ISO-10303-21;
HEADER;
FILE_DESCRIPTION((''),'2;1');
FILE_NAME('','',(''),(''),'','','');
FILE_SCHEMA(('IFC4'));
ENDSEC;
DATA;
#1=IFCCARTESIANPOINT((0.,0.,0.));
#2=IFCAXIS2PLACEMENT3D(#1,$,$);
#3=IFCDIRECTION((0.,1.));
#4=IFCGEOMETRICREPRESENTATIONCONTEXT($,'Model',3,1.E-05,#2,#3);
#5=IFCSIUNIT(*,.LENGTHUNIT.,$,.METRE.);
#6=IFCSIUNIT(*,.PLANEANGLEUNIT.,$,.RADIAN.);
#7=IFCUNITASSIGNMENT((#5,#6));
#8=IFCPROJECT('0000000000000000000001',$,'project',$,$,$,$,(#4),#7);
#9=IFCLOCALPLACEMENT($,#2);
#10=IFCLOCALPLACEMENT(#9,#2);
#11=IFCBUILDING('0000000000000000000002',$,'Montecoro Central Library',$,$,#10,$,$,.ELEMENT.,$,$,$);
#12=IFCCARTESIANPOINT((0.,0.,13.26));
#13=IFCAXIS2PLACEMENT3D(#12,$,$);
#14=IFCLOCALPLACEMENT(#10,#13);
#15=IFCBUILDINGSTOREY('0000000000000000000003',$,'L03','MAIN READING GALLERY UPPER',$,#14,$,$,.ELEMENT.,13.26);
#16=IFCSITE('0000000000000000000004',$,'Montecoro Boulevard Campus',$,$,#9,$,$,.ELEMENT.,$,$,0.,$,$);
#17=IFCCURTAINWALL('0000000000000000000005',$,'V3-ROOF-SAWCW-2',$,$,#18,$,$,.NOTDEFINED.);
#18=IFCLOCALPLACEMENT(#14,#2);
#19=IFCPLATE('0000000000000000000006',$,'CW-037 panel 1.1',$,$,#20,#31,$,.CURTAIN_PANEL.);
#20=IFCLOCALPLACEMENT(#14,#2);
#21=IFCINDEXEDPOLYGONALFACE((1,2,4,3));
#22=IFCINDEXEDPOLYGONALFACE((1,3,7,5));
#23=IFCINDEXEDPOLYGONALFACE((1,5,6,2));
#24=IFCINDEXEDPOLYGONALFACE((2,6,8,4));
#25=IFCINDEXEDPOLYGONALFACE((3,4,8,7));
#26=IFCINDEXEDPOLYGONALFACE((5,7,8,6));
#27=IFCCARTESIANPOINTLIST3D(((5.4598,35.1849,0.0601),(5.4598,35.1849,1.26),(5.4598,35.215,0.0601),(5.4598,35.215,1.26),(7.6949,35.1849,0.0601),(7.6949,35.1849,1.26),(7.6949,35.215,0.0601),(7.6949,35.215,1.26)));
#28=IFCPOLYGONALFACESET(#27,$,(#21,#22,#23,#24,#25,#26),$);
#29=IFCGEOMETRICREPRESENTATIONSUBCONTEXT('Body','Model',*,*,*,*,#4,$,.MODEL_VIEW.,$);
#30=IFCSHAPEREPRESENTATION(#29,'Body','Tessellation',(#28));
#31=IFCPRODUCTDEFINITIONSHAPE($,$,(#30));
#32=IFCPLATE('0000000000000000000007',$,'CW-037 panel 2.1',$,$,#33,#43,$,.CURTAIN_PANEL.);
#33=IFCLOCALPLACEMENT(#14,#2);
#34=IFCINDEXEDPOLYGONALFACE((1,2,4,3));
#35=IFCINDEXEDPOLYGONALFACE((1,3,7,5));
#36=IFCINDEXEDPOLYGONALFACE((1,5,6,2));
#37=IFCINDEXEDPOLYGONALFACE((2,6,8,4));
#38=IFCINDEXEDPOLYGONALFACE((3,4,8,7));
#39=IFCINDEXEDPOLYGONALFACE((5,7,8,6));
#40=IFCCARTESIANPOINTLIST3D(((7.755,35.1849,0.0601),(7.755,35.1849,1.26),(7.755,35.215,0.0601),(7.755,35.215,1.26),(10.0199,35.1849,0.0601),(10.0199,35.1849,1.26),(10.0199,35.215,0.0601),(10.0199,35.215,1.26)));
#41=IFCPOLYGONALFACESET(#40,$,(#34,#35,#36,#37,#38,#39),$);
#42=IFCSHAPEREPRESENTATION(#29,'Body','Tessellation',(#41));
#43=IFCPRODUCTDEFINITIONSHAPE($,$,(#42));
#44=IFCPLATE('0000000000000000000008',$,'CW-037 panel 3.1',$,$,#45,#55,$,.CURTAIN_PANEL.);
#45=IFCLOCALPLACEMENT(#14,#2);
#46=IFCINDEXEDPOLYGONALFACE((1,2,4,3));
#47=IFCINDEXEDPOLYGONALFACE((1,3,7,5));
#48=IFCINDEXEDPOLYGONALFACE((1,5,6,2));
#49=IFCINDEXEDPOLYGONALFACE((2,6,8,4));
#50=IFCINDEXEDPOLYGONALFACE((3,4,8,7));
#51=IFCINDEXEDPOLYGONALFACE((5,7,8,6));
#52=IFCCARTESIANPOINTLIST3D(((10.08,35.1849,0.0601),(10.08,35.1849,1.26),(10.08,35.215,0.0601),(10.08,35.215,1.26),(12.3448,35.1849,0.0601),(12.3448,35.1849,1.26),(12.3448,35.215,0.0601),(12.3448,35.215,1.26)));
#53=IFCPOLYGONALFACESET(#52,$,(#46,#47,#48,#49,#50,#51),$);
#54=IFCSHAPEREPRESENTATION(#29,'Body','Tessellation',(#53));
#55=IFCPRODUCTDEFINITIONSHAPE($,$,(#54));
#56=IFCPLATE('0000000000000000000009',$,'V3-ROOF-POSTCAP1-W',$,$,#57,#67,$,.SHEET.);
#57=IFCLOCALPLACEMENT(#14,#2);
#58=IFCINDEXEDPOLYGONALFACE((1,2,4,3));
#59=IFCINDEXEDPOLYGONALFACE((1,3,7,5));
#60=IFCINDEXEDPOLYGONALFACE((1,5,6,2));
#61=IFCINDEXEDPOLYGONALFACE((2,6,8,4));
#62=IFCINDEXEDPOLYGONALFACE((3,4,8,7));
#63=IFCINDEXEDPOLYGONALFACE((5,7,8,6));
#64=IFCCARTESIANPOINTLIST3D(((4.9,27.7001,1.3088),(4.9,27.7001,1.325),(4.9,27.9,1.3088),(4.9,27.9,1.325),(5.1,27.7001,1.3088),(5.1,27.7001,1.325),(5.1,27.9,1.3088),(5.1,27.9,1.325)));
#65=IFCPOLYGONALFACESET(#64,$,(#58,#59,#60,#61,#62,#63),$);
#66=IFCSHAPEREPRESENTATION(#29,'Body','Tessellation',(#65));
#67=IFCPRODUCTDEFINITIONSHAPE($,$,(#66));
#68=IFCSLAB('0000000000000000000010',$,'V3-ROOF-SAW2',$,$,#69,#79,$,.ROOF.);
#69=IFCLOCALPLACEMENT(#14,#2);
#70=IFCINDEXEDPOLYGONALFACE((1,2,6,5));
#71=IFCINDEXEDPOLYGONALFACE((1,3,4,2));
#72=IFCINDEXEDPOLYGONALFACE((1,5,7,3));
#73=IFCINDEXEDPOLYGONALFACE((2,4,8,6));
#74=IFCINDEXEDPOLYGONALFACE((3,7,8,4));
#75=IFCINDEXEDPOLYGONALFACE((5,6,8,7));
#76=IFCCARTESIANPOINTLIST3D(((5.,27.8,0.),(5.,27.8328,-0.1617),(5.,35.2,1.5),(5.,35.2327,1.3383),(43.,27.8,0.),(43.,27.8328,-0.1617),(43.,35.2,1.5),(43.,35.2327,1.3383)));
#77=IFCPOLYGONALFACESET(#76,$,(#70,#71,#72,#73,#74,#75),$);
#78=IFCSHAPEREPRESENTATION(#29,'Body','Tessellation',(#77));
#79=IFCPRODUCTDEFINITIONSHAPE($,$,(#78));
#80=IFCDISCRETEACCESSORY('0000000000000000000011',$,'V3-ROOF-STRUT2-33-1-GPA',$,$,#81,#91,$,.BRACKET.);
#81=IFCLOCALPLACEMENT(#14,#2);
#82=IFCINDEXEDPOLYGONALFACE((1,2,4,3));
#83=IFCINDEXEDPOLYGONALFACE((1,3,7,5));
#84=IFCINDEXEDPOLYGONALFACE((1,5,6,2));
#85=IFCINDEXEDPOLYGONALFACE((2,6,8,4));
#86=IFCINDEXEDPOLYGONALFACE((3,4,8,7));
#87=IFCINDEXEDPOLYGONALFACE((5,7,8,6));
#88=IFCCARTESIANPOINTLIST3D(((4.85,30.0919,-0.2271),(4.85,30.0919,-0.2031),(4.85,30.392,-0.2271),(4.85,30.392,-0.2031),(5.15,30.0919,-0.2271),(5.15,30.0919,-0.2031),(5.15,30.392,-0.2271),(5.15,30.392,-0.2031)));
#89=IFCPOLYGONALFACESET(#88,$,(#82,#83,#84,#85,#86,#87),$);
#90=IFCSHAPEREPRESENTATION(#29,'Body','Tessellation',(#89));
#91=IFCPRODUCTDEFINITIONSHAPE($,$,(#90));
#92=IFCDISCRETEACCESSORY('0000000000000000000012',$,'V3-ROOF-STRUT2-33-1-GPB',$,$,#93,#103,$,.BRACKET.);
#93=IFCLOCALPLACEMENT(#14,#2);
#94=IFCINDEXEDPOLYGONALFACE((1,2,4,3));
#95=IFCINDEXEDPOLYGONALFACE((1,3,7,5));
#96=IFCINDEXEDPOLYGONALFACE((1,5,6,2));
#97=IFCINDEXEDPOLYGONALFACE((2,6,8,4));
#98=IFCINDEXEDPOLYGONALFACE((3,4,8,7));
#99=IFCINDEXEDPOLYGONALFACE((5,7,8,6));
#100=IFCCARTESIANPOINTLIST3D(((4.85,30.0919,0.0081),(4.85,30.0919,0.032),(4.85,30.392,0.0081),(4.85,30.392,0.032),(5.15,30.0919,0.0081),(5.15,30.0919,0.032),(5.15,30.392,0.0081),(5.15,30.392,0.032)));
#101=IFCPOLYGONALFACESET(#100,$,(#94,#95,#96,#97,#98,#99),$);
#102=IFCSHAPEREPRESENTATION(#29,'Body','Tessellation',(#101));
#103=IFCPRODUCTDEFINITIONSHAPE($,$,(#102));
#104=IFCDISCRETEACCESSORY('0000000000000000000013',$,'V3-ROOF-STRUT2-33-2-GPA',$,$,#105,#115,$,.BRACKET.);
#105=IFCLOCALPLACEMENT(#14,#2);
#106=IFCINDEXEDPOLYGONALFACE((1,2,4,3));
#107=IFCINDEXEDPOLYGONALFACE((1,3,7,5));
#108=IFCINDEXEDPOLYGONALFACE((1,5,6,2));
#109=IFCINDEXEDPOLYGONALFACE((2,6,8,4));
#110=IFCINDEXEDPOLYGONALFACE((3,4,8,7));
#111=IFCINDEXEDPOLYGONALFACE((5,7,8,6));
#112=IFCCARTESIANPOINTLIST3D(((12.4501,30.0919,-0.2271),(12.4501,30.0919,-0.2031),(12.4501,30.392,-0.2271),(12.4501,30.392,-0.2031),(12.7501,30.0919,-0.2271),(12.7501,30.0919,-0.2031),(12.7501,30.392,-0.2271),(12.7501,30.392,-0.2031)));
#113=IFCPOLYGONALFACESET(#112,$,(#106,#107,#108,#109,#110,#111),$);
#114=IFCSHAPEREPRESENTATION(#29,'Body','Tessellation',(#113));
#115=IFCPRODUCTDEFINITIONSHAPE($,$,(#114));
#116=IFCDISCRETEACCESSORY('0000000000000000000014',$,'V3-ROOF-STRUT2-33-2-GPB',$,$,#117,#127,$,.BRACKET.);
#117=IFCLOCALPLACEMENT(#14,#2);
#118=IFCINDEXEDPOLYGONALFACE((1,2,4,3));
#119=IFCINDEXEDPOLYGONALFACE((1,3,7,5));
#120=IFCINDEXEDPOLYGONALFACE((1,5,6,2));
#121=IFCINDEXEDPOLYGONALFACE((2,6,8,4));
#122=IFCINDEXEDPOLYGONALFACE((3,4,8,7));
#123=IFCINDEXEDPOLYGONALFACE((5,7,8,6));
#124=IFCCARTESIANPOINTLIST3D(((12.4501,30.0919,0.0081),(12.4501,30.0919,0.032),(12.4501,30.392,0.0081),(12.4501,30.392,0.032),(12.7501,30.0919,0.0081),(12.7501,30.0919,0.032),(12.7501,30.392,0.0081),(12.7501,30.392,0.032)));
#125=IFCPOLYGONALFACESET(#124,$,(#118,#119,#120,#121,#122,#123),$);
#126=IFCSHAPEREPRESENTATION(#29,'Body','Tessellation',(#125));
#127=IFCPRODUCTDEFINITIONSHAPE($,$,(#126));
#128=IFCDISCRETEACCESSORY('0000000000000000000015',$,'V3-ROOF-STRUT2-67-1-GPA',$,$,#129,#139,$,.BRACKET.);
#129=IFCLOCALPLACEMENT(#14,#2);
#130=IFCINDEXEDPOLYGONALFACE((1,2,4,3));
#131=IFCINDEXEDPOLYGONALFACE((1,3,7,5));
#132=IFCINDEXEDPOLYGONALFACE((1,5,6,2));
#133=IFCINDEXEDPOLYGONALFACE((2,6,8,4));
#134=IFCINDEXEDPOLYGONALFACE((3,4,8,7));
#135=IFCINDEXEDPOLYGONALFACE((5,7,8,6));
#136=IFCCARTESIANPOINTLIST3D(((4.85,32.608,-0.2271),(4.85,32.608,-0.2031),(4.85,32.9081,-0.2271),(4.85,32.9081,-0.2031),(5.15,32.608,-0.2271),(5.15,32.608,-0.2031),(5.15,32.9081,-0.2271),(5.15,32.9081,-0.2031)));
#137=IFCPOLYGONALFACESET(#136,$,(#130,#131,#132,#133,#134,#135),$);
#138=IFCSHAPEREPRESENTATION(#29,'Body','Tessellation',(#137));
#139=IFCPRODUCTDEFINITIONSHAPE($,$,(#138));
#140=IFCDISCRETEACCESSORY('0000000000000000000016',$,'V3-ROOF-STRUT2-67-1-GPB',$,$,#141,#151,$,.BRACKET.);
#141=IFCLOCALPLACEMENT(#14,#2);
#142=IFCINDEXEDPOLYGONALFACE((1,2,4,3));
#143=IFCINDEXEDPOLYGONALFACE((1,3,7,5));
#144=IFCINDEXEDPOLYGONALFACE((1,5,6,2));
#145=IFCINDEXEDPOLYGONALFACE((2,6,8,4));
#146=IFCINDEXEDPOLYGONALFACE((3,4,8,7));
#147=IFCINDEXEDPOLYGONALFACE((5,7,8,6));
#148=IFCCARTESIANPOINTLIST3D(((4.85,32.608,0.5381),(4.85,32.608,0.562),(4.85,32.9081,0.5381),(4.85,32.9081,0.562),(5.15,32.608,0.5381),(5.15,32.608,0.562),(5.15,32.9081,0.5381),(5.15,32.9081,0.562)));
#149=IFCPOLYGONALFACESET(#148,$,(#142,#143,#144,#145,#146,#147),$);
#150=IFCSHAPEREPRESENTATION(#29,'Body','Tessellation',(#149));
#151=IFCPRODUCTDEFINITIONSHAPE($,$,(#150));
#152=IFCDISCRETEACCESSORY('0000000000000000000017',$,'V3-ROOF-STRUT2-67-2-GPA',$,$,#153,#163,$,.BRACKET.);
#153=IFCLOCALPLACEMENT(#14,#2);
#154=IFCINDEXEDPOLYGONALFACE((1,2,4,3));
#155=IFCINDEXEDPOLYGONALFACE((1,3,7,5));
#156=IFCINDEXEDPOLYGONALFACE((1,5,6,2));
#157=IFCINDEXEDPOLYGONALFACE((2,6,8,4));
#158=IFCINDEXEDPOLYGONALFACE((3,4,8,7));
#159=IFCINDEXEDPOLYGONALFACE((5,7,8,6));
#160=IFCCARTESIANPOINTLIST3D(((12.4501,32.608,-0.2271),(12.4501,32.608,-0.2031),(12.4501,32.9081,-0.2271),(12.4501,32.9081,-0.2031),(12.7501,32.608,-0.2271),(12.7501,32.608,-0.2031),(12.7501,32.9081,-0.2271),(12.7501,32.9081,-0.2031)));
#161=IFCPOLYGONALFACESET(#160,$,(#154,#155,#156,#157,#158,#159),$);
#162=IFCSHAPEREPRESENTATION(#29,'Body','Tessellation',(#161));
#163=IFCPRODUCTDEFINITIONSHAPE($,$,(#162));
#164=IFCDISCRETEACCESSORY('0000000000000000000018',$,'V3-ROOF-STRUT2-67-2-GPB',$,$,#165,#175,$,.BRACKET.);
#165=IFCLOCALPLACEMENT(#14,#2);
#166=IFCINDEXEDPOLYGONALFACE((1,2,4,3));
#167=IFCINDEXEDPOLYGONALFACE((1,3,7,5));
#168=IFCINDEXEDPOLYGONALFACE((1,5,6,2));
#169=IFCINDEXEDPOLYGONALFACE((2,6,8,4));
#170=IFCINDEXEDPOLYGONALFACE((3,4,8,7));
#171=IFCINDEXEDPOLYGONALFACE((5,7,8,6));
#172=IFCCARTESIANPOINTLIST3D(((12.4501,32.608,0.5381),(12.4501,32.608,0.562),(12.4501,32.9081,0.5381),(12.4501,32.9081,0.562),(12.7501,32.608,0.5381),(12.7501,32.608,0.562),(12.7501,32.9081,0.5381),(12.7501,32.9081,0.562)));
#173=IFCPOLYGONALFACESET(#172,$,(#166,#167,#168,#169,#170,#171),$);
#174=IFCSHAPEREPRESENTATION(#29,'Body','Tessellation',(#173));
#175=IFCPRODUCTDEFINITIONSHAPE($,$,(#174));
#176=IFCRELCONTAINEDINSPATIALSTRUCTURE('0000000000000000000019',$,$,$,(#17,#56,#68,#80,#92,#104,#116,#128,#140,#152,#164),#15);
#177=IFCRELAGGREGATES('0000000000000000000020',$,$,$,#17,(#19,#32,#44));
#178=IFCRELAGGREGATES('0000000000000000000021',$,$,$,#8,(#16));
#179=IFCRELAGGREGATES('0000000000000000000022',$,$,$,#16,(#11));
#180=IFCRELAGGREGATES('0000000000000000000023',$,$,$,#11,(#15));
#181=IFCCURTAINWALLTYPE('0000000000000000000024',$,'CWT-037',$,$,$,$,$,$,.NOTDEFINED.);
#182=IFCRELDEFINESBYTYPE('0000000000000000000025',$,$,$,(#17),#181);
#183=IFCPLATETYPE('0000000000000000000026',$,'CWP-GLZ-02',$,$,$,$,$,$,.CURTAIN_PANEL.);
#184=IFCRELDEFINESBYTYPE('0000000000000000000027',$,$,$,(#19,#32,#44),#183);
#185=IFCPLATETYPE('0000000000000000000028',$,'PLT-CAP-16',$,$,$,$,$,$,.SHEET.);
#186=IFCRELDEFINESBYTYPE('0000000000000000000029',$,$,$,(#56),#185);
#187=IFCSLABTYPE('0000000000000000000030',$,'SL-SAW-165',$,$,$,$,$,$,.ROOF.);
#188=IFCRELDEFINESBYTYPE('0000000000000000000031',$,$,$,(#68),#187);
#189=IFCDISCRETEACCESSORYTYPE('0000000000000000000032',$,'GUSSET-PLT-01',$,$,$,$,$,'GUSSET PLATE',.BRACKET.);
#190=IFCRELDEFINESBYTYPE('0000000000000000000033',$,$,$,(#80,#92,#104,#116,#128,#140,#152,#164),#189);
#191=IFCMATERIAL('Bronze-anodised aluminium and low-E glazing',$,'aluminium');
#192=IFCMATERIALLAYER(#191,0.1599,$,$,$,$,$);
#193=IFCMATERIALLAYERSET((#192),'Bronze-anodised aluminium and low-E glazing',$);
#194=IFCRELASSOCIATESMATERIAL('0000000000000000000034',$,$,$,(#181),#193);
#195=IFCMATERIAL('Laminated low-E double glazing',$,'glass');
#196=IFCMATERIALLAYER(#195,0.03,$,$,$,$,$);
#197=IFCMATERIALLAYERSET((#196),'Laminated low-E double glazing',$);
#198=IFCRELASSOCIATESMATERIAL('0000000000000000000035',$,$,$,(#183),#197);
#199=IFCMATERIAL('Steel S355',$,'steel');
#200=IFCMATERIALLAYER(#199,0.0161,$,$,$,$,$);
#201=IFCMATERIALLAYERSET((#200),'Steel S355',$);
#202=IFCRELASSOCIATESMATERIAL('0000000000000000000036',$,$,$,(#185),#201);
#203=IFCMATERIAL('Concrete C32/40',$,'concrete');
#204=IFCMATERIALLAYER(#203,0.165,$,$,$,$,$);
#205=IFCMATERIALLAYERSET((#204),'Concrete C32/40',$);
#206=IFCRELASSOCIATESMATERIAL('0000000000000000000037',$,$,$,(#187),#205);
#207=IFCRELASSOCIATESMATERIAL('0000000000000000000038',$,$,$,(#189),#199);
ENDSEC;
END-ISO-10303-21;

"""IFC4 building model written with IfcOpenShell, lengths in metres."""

from ifc_helpers import new_model, si_unit, direction, frame, origin, origin_2d, place, context, subcontext, project, spatial, polyline, rectangle, outline, extrude, material, layer, layer_set, type_object, element, aggregate, save


model = new_model("IFC4")

# Units and contexts
model_context = context("Model", 3, precision=1e-05, world=origin(), true_north=direction((0.0, 1.0)))
body_context = subcontext(model_context, "Body", "Model", "MODEL_VIEW")
ifc_project = project(units=[si_unit("LENGTHUNIT", "METRE"), si_unit("PLANEANGLEUNIT", "RADIAN")], contexts=[model_context])

# Site, building, storey
site_placement = place(None, origin())
site = spatial("IfcSite", under=ifc_project, at=site_placement, Name="Montecoro Boulevard Campus", CompositionType="ELEMENT", RefElevation=0.0)
building_placement = place(site_placement, origin())
building = spatial("IfcBuilding", under=site, at=building_placement, Name="Montecoro Central Library", CompositionType="ELEMENT")
storey_placement = place(building_placement, frame((0.0, 0.0, 13.26)))
storey = spatial("IfcBuildingStorey", under=building, at=storey_placement, Name="L03", Description="MAIN READING GALLERY UPPER", CompositionType="ELEMENT", Elevation=13.26)

# Shared definitions
ifc_material_1 = material(Name="Steel S355", Category="steel")

# Curtain wall
ifc_material_2 = material(Name="Bronze-anodised aluminium and low-E glazing", Category="aluminium")
ifc_layer_1 = layer(ifc_material_2, 0.1599)
ifc_layer_set_1 = layer_set([ifc_layer_1], Name="Bronze-anodised aluminium and low-E glazing")
curtain_wall_type = type_object("IfcCurtainWallType", Name="CWT-037", PredefinedType="NOTDEFINED", material=ifc_layer_set_1)
curtain_wall_placement = place(storey_placement, origin())
curtain_wall = element("IfcCurtainWall", 1, at=curtain_wall_placement, inside=storey, type_object=curtain_wall_type, Name="V3-ROOF-SAWCW-2", PredefinedType="NOTDEFINED")

# Plates
ifc_material_3 = material(Name="Laminated low-E double glazing", Category="glass")
ifc_layer_2 = layer(ifc_material_3, 0.03)
ifc_layer_set_2 = layer_set([ifc_layer_2], Name="Laminated low-E double glazing")
plate_type_1 = type_object("IfcPlateType", Name="CWP-GLZ-02", PredefinedType="CURTAIN_PANEL", material=ifc_layer_set_2)
plate_1_placement = place(storey_placement, frame((6.5774, 35.2, 0.0601), z_axis=(0.0, 0.0, 1.0), x_axis=(1.0, 0.0, 0.0)))
plate_1 = element("IfcPlate", 2, at=plate_1_placement, type_object=plate_type_1, Name="CW-037 panel 1.1", PredefinedType="CURTAIN_PANEL", context=body_context, shape_type="SweptSolid", body=[
    extrude(rectangle(XDim=2.2351, YDim=0.03, at=origin_2d()), origin(), (0.0, 0.0, 1.0), 1.2),
])
plate_2_placement = place(storey_placement, frame((8.8875, 35.2, 0.0601), z_axis=(0.0, 0.0, 1.0), x_axis=(1.0, 0.0, 0.0)))
plate_2 = element("IfcPlate", 3, at=plate_2_placement, type_object=plate_type_1, Name="CW-037 panel 2.1", PredefinedType="CURTAIN_PANEL", context=body_context, shape_type="SweptSolid", body=[
    extrude(rectangle(XDim=2.2649, YDim=0.03, at=origin_2d()), origin(), (0.0, 0.0, 1.0), 1.2),
])
plate_3_placement = place(storey_placement, frame((11.2124, 35.2, 0.0601), z_axis=(0.0, 0.0, 1.0), x_axis=(1.0, 0.0, 0.0)))
plate_3 = element("IfcPlate", 4, at=plate_3_placement, type_object=plate_type_1, Name="CW-037 panel 3.1", PredefinedType="CURTAIN_PANEL", context=body_context, shape_type="SweptSolid", body=[
    extrude(rectangle(XDim=2.2649, YDim=0.03, at=origin_2d()), origin(), (0.0, 0.0, 1.0), 1.2),
])
aggregate(curtain_wall, [plate_1, plate_2, plate_3])
ifc_layer_3 = layer(ifc_material_1, 0.0161)
ifc_layer_set_3 = layer_set([ifc_layer_3], Name="Steel S355")
plate_type_2 = type_object("IfcPlateType", Name="PLT-CAP-16", PredefinedType="SHEET", material=ifc_layer_set_3)
plate_4_placement = place(storey_placement, frame((5.0, 27.8, 1.3088), z_axis=(0.0, 0.0, 1.0), x_axis=(1.0, 0.0, 0.0)))
element("IfcPlate", 5, at=plate_4_placement, inside=storey, type_object=plate_type_2, Name="V3-ROOF-POSTCAP1-W", PredefinedType="SHEET", context=body_context, shape_type="SweptSolid", body=[
    extrude(rectangle(XDim=0.2, YDim=0.2, at=origin_2d()), origin(), (0.0, 0.0, 1.0), 0.0161),
])

# Slab
ifc_material_4 = material(Name="Concrete C32/40", Category="concrete")
ifc_layer_4 = layer(ifc_material_4, 0.165)
ifc_layer_set_4 = layer_set([ifc_layer_4], Name="Concrete C32/40")
slab_type = type_object("IfcSlabType", Name="SL-SAW-165", PredefinedType="ROOF", material=ifc_layer_set_4)
slab_placement = place(storey_placement, frame((5.0, 27.8, 0.0), z_axis=(0.0, -0.198665, 0.980067), x_axis=(1.0, 0.0, 0.0)))
element("IfcSlab", 6, at=slab_placement, inside=storey, type_object=slab_type, Name="V3-ROOF-SAW2", PredefinedType="ROOF", context=body_context, shape_type="SweptSolid", body=[
    extrude(outline(polyline([(0.0, 0.0), (38.0, 0.0), (38.0, 7.5504), (0.0, 7.5504), (0.0, 0.0)])), origin(), (0.0, 0.0, -1.0), 0.165),
])

# Discrete accessories
discrete_accessory_type = type_object("IfcDiscreteAccessoryType", Name="GUSSET-PLT-01", ElementType="GUSSET PLATE", PredefinedType="BRACKET", material=ifc_material_1)
for number, where, z_axis, x_axis, name in (
    (7, (5.0, 30.2419, -0.2271), (0.0, 0.0, 1.0), (1.0, 0.0, 0.0), "V3-ROOF-STRUT2-33-1-GPA"),
    (8, (5.0, 30.2419, 0.0081), (0.0, 0.0, 1.0), (1.0, 0.0, 0.0), "V3-ROOF-STRUT2-33-1-GPB"),
    (9, (12.6001, 30.2419, -0.2271), (0.0, 0.0, 1.0), (1.0, 0.0, 0.0), "V3-ROOF-STRUT2-33-2-GPA"),
    (10, (12.6001, 30.2419, 0.0081), (0.0, 0.0, 1.0), (1.0, 0.0, 0.0), "V3-ROOF-STRUT2-33-2-GPB"),
    (11, (5.0, 32.7581, -0.2271), (0.0, 0.0, 1.0), (1.0, 0.0, 0.0), "V3-ROOF-STRUT2-67-1-GPA"),
    (12, (5.0, 32.7581, 0.5381), (0.0, 0.0, 1.0), (1.0, 0.0, 0.0), "V3-ROOF-STRUT2-67-1-GPB"),
    (13, (12.6001, 32.7581, -0.2271), (0.0, 0.0, 1.0), (1.0, 0.0, 0.0), "V3-ROOF-STRUT2-67-2-GPA"),
    (14, (12.6001, 32.7581, 0.5381), (0.0, 0.0, 1.0), (1.0, 0.0, 0.0), "V3-ROOF-STRUT2-67-2-GPB"),
):
    element("IfcDiscreteAccessory", number, at=place(storey_placement, frame(where, z_axis=z_axis, x_axis=x_axis)), inside=storey, type_object=discrete_accessory_type, Name=name, PredefinedType="BRACKET", context=body_context, shape_type="SweptSolid", body=[
        extrude(rectangle(XDim=0.3, YDim=0.3, at=origin_2d()), origin(), (0.0, 0.0, 1.0), 0.0239),
    ])

save(model, "model.ifc")
